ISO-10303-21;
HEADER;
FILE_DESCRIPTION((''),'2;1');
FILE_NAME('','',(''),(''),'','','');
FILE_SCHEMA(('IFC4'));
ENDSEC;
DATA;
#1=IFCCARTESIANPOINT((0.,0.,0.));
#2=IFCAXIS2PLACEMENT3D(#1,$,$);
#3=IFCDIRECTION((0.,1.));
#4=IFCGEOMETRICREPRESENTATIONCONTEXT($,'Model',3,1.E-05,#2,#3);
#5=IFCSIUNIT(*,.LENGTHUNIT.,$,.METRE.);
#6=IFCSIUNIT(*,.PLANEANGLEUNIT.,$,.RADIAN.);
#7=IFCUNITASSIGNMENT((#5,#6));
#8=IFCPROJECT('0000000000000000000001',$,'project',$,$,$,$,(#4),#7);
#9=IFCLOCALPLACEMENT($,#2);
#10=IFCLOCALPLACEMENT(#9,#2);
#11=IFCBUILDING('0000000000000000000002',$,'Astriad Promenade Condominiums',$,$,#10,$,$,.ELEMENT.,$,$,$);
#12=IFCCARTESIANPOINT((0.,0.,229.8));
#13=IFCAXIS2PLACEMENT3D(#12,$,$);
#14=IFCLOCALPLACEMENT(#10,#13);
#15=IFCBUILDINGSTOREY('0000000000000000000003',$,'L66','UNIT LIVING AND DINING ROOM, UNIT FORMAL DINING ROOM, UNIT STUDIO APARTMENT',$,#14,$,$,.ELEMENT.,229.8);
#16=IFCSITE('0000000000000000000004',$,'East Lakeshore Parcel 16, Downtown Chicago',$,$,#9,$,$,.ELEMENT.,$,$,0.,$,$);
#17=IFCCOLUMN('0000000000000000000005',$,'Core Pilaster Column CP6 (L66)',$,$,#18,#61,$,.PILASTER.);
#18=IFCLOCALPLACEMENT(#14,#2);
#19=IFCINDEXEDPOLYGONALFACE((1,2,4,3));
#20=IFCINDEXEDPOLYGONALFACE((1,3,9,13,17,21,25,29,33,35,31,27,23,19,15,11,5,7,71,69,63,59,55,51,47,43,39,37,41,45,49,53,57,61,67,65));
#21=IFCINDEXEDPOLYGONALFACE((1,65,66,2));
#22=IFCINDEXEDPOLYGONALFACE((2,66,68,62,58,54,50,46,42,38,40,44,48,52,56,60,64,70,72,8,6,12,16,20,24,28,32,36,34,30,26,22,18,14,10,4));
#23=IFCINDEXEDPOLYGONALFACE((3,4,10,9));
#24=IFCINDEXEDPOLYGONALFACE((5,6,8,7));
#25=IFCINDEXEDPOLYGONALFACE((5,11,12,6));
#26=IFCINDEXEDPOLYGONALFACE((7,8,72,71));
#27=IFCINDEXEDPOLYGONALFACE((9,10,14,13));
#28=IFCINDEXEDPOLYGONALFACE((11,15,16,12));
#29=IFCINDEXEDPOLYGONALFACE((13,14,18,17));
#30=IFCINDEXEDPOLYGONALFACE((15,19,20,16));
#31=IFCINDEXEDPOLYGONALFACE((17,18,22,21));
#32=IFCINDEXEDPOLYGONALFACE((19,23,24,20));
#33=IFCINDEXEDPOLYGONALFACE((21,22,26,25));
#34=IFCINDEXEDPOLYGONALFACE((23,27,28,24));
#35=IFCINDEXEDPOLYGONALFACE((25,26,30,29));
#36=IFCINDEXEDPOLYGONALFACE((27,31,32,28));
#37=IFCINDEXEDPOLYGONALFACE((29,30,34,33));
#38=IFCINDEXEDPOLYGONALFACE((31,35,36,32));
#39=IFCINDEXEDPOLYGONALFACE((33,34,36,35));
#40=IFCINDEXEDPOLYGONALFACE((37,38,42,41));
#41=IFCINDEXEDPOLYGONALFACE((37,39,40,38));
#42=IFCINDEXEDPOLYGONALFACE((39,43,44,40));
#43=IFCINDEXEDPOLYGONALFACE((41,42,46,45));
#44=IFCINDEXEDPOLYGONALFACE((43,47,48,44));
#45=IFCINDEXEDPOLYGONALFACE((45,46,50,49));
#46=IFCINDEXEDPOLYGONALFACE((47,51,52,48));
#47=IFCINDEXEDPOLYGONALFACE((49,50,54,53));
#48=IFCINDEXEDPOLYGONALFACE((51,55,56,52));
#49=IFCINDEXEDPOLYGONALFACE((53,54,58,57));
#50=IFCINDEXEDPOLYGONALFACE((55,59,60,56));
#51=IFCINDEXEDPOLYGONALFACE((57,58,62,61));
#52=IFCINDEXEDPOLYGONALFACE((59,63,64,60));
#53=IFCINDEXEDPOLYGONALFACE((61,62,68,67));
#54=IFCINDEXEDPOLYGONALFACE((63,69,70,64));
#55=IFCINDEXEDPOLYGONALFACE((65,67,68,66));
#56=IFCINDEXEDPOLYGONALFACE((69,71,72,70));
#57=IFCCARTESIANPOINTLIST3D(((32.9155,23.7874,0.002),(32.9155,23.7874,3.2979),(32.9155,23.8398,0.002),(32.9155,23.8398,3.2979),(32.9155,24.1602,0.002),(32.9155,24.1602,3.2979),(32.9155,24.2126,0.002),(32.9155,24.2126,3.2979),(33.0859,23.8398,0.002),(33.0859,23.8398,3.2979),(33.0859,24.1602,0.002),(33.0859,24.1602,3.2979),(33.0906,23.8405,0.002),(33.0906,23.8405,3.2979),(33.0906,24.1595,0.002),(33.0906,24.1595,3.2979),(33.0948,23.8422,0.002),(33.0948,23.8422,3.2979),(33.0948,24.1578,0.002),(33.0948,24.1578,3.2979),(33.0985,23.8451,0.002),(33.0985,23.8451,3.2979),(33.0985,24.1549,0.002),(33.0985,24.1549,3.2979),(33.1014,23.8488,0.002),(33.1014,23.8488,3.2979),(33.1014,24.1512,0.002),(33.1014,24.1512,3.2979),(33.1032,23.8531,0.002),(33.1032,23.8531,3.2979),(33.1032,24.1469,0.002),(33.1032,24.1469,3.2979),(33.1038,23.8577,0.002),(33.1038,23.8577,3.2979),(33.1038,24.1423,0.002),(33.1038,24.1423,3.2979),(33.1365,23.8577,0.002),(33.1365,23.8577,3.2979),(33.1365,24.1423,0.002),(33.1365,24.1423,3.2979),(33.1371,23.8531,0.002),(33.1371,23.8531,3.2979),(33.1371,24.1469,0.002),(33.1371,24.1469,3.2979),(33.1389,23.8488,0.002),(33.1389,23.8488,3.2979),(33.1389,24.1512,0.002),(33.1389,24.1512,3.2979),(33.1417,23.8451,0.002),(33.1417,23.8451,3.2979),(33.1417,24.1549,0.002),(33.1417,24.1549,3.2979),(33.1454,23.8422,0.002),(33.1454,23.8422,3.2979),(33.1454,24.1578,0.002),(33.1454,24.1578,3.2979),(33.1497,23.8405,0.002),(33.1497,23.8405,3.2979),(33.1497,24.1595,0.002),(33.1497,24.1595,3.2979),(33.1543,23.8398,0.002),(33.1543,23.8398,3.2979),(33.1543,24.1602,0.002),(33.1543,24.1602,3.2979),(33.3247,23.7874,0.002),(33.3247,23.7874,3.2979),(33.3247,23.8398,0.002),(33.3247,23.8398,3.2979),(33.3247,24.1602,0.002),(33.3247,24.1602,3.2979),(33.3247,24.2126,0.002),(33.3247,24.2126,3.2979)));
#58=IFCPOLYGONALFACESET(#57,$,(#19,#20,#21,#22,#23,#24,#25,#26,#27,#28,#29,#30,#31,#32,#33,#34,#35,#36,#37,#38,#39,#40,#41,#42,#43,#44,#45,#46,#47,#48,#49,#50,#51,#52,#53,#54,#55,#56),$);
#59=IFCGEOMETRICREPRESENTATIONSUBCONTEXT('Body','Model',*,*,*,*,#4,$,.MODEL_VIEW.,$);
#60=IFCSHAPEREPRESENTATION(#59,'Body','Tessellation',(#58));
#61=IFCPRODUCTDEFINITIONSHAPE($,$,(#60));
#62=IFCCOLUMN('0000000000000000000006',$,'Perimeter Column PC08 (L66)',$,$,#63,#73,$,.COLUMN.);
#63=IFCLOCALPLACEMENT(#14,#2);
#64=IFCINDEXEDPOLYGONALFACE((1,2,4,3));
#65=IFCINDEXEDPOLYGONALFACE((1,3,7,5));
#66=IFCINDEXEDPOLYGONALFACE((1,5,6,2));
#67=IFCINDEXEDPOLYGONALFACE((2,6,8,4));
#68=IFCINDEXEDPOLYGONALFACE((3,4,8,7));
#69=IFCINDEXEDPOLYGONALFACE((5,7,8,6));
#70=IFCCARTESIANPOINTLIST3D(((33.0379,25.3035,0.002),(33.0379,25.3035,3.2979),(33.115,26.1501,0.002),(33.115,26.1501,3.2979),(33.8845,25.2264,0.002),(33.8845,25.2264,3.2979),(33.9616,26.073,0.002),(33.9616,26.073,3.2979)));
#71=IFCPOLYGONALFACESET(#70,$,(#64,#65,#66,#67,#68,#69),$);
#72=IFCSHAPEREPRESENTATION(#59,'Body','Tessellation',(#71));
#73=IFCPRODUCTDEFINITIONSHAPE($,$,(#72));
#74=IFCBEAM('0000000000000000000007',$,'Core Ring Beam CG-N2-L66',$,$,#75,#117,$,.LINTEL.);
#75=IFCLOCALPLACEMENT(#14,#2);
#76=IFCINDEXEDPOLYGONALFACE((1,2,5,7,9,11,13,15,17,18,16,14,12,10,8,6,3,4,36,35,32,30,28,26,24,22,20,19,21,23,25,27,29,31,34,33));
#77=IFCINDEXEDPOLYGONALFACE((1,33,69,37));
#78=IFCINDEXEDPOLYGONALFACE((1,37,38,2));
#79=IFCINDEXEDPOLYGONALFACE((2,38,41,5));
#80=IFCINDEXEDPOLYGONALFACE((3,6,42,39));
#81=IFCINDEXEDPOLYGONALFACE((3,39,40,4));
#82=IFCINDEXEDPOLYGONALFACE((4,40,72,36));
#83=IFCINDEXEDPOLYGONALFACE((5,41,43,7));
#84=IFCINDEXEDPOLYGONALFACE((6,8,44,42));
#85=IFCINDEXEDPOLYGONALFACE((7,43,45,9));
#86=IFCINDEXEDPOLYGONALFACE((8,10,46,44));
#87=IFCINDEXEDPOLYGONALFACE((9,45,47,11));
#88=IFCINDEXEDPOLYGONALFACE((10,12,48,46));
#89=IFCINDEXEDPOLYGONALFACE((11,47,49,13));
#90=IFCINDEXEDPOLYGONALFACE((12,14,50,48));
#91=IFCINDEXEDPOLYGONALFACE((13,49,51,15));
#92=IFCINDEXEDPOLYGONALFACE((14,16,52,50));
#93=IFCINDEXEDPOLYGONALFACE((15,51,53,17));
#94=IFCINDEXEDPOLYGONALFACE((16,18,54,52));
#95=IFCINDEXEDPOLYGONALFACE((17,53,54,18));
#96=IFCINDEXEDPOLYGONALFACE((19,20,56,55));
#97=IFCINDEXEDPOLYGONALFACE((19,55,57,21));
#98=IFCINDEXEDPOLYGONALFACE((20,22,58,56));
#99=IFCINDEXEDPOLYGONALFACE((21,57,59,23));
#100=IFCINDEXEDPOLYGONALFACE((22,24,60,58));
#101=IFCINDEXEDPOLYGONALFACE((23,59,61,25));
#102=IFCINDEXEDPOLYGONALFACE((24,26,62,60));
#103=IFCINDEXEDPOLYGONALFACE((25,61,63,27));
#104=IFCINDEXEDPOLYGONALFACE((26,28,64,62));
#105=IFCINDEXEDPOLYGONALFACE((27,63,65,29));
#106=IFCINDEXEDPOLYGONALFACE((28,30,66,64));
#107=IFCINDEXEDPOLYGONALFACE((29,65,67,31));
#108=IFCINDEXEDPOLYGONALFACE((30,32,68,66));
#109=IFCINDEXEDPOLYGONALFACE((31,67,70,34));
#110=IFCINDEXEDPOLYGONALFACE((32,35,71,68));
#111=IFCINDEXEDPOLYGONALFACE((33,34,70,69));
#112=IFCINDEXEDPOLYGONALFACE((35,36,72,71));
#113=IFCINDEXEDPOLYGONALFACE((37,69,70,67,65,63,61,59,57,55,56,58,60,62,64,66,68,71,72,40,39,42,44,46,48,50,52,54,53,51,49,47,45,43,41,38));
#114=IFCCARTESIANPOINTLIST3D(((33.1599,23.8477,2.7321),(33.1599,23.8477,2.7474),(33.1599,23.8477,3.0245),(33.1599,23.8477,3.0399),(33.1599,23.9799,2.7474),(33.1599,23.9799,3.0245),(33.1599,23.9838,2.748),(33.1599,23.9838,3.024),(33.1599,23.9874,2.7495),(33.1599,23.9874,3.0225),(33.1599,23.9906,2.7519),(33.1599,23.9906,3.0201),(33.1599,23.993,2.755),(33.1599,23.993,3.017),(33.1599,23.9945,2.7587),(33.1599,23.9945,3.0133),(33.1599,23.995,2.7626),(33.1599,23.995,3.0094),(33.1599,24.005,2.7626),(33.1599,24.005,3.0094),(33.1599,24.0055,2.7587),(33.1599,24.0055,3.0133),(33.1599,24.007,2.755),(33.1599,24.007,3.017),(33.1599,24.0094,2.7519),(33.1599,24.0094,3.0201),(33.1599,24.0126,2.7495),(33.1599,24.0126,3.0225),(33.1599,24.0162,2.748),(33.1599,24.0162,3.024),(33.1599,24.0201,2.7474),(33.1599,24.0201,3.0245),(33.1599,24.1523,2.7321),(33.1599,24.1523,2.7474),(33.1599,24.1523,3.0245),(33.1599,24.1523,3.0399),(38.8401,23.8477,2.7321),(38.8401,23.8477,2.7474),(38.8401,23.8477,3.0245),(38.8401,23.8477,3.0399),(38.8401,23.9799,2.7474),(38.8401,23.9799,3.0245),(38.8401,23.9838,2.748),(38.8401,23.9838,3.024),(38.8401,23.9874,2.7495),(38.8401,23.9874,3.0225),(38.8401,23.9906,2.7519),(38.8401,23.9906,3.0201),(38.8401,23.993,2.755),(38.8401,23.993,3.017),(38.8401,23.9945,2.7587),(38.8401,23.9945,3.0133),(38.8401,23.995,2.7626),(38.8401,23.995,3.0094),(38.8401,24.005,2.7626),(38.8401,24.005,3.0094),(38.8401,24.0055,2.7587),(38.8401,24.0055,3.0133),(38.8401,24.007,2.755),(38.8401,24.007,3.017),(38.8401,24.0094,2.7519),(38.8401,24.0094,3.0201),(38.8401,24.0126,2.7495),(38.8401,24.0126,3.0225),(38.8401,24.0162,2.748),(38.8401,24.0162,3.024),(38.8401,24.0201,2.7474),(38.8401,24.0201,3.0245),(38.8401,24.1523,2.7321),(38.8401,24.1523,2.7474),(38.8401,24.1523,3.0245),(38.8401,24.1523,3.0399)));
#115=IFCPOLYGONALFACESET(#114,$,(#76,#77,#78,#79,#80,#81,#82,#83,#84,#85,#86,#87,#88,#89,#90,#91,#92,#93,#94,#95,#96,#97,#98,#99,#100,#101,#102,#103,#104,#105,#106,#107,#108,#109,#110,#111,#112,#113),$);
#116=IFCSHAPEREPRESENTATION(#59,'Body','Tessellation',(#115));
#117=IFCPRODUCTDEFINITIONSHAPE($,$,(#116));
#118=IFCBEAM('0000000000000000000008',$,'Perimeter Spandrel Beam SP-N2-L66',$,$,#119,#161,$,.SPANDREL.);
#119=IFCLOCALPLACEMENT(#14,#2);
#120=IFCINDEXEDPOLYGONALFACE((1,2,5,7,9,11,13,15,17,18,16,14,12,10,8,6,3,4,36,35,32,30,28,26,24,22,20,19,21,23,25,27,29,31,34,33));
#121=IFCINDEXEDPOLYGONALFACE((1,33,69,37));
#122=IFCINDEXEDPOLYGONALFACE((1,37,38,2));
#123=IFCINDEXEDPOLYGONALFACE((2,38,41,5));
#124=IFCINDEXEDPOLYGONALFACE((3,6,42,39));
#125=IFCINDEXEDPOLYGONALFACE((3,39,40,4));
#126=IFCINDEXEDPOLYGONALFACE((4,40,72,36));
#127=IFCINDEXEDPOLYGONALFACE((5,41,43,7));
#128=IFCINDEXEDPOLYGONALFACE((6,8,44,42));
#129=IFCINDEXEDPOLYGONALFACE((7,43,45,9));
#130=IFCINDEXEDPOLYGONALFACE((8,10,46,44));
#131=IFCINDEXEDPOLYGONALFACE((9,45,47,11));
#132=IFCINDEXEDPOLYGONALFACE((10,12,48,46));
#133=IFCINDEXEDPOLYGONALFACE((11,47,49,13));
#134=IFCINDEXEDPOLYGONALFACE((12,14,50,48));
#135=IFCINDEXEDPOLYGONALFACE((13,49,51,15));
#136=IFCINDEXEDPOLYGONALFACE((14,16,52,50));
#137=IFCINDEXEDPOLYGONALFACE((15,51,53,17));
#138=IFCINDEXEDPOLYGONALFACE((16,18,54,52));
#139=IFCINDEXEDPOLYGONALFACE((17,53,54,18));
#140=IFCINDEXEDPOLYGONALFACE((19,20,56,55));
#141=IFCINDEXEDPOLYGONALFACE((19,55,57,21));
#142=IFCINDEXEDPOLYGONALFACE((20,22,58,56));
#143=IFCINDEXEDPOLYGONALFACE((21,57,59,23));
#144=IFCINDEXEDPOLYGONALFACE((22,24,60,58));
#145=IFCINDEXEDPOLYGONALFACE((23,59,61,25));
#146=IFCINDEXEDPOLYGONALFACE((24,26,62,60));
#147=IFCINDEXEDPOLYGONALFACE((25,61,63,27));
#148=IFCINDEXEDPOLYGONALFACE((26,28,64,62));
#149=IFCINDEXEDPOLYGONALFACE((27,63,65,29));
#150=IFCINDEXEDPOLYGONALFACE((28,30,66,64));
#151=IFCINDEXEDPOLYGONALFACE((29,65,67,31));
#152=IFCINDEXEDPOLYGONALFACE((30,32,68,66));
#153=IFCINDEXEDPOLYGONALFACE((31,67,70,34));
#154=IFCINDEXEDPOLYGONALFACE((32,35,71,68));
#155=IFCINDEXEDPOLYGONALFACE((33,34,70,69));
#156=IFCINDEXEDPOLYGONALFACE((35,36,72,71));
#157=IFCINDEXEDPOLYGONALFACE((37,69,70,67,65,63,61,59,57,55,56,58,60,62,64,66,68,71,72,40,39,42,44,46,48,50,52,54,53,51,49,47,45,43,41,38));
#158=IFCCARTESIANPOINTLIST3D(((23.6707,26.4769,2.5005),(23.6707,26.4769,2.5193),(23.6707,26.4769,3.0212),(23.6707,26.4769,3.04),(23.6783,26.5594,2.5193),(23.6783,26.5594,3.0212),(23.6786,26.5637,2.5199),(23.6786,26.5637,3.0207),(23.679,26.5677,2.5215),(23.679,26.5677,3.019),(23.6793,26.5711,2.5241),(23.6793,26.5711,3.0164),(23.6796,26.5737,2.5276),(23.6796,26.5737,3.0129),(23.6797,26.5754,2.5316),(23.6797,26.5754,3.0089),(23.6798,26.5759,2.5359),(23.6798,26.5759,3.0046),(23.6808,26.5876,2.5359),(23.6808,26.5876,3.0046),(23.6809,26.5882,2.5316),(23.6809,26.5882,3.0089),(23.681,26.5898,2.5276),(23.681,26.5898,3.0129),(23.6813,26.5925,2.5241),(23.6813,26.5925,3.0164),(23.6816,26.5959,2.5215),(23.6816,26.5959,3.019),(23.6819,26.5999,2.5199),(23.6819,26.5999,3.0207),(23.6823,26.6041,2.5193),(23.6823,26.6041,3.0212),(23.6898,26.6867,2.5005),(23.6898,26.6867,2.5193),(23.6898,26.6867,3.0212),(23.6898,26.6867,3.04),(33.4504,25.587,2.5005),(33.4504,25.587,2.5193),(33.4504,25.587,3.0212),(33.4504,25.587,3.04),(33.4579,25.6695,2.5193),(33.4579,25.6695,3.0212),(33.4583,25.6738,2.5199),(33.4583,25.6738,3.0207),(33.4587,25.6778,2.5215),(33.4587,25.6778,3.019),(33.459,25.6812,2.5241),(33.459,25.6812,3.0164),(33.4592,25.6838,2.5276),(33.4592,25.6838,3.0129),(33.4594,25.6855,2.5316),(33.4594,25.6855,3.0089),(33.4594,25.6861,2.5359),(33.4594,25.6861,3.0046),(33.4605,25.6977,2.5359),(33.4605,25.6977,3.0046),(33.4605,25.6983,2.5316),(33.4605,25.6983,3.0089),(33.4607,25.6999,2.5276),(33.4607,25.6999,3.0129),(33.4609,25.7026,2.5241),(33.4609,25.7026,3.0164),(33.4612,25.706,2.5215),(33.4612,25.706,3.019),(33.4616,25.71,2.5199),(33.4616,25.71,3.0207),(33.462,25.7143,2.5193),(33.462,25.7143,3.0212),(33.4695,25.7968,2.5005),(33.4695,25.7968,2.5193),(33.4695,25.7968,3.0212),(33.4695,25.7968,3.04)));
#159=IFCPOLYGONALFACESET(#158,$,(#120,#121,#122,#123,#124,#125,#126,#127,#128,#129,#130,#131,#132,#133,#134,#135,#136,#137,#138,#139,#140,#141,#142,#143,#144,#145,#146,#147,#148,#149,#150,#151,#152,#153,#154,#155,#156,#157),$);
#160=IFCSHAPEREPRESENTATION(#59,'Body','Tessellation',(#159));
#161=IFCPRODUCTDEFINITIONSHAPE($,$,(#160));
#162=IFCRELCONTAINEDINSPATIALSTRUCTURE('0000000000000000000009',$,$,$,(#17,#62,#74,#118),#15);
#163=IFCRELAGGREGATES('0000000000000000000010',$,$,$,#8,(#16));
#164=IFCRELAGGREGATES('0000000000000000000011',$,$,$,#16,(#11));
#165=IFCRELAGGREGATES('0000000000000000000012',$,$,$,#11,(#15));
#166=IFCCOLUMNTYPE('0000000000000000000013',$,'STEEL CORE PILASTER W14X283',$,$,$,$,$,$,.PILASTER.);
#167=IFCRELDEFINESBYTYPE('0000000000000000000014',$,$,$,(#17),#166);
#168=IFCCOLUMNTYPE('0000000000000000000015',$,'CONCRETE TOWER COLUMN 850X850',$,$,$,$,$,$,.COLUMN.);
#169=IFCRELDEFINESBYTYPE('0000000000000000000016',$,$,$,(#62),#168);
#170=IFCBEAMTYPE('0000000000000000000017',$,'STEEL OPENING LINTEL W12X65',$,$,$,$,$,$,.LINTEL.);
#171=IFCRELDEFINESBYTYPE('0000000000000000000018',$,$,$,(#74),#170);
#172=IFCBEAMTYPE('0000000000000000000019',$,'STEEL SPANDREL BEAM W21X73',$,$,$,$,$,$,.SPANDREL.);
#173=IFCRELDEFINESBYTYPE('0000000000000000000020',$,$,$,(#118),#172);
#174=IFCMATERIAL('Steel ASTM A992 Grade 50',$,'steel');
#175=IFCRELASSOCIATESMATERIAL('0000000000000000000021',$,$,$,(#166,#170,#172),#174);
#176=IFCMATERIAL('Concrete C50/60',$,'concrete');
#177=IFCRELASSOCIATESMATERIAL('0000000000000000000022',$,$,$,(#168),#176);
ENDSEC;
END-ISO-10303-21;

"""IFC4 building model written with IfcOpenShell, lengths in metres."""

from ifc_helpers import new_model, si_unit, direction, frame, origin, origin_2d, place, context, subcontext, project, spatial, rectangle, i_section, extrude, source, transform, mapped, material, material_profile, profile_set, type_object, type_shapes, element, save


model = new_model("IFC4")

# Units and contexts
model_context = context("Model", 3, precision=1e-05, world=origin(), true_north=direction((0.0, 1.0)))
body_context = subcontext(model_context, "Body", "Model", "MODEL_VIEW")
ifc_project = project(units=[si_unit("LENGTHUNIT", "METRE"), si_unit("PLANEANGLEUNIT", "RADIAN")], contexts=[model_context])

# Site, building, storey
site_placement = place(None, origin())
site = spatial("IfcSite", under=ifc_project, at=site_placement, Name="East Lakeshore Parcel 16, Downtown Chicago", CompositionType="ELEMENT", RefElevation=0.0)
building_placement = place(site_placement, origin())
building = spatial("IfcBuilding", under=site, at=building_placement, Name="Astriad Promenade Condominiums", CompositionType="ELEMENT")
storey_placement = place(building_placement, frame((0.0, 0.0, 229.8)))
storey = spatial("IfcBuildingStorey", under=building, at=storey_placement, Name="L66", Description="UNIT LIVING AND DINING ROOM, UNIT FORMAL DINING ROOM, UNIT STUDIO APARTMENT", CompositionType="ELEMENT", Elevation=229.8)

# Columns
ifc_material_1 = material(Name="Steel ASTM A992 Grade 50", Category="steel")
ifc_material_profile_1 = material_profile(ifc_material_1, i_section(OverallWidth=0.4092, OverallDepth=0.4253, WebThickness=0.0327, FlangeThickness=0.0525, FilletRadius=0.0178, at=origin_2d()), Name="W14X283")
ifc_profile_set_1 = profile_set([ifc_material_profile_1], Name="Steel ASTM A992 Grade 50")
column_type_1 = type_object("IfcColumnType", Name="STEEL CORE PILASTER W14X283", PredefinedType="PILASTER", material=ifc_profile_set_1)
shared_shape_1 = source(origin(), body_context, "Body", "SweptSolid", [
    extrude(i_section(OverallWidth=0.4092, OverallDepth=0.4253, WebThickness=0.0327, FlangeThickness=0.0525, FilletRadius=0.0178, at=origin_2d()), origin(), (0.0, 0.0, 1.0), 3.2959),
])
type_shapes(column_type_1, [shared_shape_1])
column_1_placement = place(storey_placement, frame((33.1201, 24.0, 0.002), z_axis=(0.0, 0.0, 1.0), x_axis=(1.0, 0.0, 0.0)))
element("IfcColumn", 1, at=column_1_placement, inside=storey, type_object=column_type_1, Name="Core Pilaster Column CP6 (L66)", PredefinedType="PILASTER", context=body_context, shape_type="MappedRepresentation", body=[
    mapped(shared_shape_1, transform((0.0, 0.0, 0.0), scale=1.0)),
])
ifc_material_2 = material(Name="Concrete C50/60", Category="concrete")
ifc_material_profile_2 = material_profile(ifc_material_2, rectangle(XDim=0.8501, YDim=0.8501, at=origin_2d()), Name="RC-COL-850X850")
ifc_profile_set_2 = profile_set([ifc_material_profile_2], Name="Concrete C50/60")
column_type_2 = type_object("IfcColumnType", Name="CONCRETE TOWER COLUMN 850X850", PredefinedType="COLUMN", material=ifc_profile_set_2)
shared_shape_2 = source(origin(), body_context, "Body", "SweptSolid", [
    extrude(rectangle(XDim=0.8501, YDim=0.8501, at=origin_2d()), origin(), (0.0, 0.0, 1.0), 3.2959),
])
type_shapes(column_type_2, [shared_shape_2])
column_2_placement = place(storey_placement, frame((33.4998, 25.6882, 0.002), z_axis=(0.0, 0.0, 1.0), x_axis=(0.995884, -0.090633, 0.0)))
element("IfcColumn", 2, at=column_2_placement, inside=storey, type_object=column_type_2, Name="Perimeter Column PC08 (L66)", PredefinedType="COLUMN", context=body_context, shape_type="MappedRepresentation", body=[
    mapped(shared_shape_2, transform((0.0, 0.0, 0.0), scale=1.0)),
])

# Beams
ifc_material_profile_3 = material_profile(ifc_material_1, i_section(OverallWidth=0.3047, OverallDepth=0.3079, WebThickness=0.01, FlangeThickness=0.0154, FilletRadius=0.0151, at=origin_2d()), Name="W12X65")
ifc_profile_set_3 = profile_set([ifc_material_profile_3], Name="Steel ASTM A992 Grade 50")
beam_type_1 = type_object("IfcBeamType", Name="STEEL OPENING LINTEL W12X65", PredefinedType="LINTEL", material=ifc_profile_set_3)
shared_shape_3 = source(origin(), body_context, "Body", "SweptSolid", [
    extrude(i_section(OverallWidth=0.3047, OverallDepth=0.3079, WebThickness=0.01, FlangeThickness=0.0154, FilletRadius=0.0151, at=origin_2d()), origin(), (0.0, 0.0, 1.0), 5.6802),
])
type_shapes(beam_type_1, [shared_shape_3])
beam_1_placement = place(storey_placement, frame((33.1599, 24.0, 2.886), z_axis=(1.0, 0.0, 0.0), x_axis=(0.0, 1.0, 0.0)))
element("IfcBeam", 3, at=beam_1_placement, inside=storey, type_object=beam_type_1, Name="Core Ring Beam CG-N2-L66", PredefinedType="LINTEL", context=body_context, shape_type="MappedRepresentation", body=[
    mapped(shared_shape_3, transform((0.0, 0.0, 0.0), scale=1.0)),
])
ifc_material_profile_4 = material_profile(ifc_material_1, i_section(OverallWidth=0.2107, OverallDepth=0.5396, WebThickness=0.0117, FlangeThickness=0.0188, FilletRadius=0.0166, at=origin_2d()), Name="W21X73")
ifc_profile_set_4 = profile_set([ifc_material_profile_4], Name="Steel ASTM A992 Grade 50")
beam_type_2 = type_object("IfcBeamType", Name="STEEL SPANDREL BEAM W21X73", PredefinedType="SPANDREL", material=ifc_profile_set_4)
shared_shape_4 = source(origin(), body_context, "Body", "SweptSolid", [
    extrude(i_section(OverallWidth=0.2107, OverallDepth=0.5396, WebThickness=0.0117, FlangeThickness=0.0188, FilletRadius=0.0166, at=origin_2d()), origin(), (0.0, 0.0, 1.0), 9.8201),
])
type_shapes(beam_type_2, [shared_shape_4])
beam_2_placement = place(storey_placement, frame((33.46, 25.6919, 2.7703), z_axis=(-0.995886, 0.090619, 0.0), x_axis=(-0.090619, -0.995886, 0.0)))
element("IfcBeam", 4, at=beam_2_placement, inside=storey, type_object=beam_type_2, Name="Perimeter Spandrel Beam SP-N2-L66", PredefinedType="SPANDREL", context=body_context, shape_type="MappedRepresentation", body=[
    mapped(shared_shape_4, transform((0.0, 0.0, 0.0), scale=1.0)),
])

save(model, "model.ifc")
